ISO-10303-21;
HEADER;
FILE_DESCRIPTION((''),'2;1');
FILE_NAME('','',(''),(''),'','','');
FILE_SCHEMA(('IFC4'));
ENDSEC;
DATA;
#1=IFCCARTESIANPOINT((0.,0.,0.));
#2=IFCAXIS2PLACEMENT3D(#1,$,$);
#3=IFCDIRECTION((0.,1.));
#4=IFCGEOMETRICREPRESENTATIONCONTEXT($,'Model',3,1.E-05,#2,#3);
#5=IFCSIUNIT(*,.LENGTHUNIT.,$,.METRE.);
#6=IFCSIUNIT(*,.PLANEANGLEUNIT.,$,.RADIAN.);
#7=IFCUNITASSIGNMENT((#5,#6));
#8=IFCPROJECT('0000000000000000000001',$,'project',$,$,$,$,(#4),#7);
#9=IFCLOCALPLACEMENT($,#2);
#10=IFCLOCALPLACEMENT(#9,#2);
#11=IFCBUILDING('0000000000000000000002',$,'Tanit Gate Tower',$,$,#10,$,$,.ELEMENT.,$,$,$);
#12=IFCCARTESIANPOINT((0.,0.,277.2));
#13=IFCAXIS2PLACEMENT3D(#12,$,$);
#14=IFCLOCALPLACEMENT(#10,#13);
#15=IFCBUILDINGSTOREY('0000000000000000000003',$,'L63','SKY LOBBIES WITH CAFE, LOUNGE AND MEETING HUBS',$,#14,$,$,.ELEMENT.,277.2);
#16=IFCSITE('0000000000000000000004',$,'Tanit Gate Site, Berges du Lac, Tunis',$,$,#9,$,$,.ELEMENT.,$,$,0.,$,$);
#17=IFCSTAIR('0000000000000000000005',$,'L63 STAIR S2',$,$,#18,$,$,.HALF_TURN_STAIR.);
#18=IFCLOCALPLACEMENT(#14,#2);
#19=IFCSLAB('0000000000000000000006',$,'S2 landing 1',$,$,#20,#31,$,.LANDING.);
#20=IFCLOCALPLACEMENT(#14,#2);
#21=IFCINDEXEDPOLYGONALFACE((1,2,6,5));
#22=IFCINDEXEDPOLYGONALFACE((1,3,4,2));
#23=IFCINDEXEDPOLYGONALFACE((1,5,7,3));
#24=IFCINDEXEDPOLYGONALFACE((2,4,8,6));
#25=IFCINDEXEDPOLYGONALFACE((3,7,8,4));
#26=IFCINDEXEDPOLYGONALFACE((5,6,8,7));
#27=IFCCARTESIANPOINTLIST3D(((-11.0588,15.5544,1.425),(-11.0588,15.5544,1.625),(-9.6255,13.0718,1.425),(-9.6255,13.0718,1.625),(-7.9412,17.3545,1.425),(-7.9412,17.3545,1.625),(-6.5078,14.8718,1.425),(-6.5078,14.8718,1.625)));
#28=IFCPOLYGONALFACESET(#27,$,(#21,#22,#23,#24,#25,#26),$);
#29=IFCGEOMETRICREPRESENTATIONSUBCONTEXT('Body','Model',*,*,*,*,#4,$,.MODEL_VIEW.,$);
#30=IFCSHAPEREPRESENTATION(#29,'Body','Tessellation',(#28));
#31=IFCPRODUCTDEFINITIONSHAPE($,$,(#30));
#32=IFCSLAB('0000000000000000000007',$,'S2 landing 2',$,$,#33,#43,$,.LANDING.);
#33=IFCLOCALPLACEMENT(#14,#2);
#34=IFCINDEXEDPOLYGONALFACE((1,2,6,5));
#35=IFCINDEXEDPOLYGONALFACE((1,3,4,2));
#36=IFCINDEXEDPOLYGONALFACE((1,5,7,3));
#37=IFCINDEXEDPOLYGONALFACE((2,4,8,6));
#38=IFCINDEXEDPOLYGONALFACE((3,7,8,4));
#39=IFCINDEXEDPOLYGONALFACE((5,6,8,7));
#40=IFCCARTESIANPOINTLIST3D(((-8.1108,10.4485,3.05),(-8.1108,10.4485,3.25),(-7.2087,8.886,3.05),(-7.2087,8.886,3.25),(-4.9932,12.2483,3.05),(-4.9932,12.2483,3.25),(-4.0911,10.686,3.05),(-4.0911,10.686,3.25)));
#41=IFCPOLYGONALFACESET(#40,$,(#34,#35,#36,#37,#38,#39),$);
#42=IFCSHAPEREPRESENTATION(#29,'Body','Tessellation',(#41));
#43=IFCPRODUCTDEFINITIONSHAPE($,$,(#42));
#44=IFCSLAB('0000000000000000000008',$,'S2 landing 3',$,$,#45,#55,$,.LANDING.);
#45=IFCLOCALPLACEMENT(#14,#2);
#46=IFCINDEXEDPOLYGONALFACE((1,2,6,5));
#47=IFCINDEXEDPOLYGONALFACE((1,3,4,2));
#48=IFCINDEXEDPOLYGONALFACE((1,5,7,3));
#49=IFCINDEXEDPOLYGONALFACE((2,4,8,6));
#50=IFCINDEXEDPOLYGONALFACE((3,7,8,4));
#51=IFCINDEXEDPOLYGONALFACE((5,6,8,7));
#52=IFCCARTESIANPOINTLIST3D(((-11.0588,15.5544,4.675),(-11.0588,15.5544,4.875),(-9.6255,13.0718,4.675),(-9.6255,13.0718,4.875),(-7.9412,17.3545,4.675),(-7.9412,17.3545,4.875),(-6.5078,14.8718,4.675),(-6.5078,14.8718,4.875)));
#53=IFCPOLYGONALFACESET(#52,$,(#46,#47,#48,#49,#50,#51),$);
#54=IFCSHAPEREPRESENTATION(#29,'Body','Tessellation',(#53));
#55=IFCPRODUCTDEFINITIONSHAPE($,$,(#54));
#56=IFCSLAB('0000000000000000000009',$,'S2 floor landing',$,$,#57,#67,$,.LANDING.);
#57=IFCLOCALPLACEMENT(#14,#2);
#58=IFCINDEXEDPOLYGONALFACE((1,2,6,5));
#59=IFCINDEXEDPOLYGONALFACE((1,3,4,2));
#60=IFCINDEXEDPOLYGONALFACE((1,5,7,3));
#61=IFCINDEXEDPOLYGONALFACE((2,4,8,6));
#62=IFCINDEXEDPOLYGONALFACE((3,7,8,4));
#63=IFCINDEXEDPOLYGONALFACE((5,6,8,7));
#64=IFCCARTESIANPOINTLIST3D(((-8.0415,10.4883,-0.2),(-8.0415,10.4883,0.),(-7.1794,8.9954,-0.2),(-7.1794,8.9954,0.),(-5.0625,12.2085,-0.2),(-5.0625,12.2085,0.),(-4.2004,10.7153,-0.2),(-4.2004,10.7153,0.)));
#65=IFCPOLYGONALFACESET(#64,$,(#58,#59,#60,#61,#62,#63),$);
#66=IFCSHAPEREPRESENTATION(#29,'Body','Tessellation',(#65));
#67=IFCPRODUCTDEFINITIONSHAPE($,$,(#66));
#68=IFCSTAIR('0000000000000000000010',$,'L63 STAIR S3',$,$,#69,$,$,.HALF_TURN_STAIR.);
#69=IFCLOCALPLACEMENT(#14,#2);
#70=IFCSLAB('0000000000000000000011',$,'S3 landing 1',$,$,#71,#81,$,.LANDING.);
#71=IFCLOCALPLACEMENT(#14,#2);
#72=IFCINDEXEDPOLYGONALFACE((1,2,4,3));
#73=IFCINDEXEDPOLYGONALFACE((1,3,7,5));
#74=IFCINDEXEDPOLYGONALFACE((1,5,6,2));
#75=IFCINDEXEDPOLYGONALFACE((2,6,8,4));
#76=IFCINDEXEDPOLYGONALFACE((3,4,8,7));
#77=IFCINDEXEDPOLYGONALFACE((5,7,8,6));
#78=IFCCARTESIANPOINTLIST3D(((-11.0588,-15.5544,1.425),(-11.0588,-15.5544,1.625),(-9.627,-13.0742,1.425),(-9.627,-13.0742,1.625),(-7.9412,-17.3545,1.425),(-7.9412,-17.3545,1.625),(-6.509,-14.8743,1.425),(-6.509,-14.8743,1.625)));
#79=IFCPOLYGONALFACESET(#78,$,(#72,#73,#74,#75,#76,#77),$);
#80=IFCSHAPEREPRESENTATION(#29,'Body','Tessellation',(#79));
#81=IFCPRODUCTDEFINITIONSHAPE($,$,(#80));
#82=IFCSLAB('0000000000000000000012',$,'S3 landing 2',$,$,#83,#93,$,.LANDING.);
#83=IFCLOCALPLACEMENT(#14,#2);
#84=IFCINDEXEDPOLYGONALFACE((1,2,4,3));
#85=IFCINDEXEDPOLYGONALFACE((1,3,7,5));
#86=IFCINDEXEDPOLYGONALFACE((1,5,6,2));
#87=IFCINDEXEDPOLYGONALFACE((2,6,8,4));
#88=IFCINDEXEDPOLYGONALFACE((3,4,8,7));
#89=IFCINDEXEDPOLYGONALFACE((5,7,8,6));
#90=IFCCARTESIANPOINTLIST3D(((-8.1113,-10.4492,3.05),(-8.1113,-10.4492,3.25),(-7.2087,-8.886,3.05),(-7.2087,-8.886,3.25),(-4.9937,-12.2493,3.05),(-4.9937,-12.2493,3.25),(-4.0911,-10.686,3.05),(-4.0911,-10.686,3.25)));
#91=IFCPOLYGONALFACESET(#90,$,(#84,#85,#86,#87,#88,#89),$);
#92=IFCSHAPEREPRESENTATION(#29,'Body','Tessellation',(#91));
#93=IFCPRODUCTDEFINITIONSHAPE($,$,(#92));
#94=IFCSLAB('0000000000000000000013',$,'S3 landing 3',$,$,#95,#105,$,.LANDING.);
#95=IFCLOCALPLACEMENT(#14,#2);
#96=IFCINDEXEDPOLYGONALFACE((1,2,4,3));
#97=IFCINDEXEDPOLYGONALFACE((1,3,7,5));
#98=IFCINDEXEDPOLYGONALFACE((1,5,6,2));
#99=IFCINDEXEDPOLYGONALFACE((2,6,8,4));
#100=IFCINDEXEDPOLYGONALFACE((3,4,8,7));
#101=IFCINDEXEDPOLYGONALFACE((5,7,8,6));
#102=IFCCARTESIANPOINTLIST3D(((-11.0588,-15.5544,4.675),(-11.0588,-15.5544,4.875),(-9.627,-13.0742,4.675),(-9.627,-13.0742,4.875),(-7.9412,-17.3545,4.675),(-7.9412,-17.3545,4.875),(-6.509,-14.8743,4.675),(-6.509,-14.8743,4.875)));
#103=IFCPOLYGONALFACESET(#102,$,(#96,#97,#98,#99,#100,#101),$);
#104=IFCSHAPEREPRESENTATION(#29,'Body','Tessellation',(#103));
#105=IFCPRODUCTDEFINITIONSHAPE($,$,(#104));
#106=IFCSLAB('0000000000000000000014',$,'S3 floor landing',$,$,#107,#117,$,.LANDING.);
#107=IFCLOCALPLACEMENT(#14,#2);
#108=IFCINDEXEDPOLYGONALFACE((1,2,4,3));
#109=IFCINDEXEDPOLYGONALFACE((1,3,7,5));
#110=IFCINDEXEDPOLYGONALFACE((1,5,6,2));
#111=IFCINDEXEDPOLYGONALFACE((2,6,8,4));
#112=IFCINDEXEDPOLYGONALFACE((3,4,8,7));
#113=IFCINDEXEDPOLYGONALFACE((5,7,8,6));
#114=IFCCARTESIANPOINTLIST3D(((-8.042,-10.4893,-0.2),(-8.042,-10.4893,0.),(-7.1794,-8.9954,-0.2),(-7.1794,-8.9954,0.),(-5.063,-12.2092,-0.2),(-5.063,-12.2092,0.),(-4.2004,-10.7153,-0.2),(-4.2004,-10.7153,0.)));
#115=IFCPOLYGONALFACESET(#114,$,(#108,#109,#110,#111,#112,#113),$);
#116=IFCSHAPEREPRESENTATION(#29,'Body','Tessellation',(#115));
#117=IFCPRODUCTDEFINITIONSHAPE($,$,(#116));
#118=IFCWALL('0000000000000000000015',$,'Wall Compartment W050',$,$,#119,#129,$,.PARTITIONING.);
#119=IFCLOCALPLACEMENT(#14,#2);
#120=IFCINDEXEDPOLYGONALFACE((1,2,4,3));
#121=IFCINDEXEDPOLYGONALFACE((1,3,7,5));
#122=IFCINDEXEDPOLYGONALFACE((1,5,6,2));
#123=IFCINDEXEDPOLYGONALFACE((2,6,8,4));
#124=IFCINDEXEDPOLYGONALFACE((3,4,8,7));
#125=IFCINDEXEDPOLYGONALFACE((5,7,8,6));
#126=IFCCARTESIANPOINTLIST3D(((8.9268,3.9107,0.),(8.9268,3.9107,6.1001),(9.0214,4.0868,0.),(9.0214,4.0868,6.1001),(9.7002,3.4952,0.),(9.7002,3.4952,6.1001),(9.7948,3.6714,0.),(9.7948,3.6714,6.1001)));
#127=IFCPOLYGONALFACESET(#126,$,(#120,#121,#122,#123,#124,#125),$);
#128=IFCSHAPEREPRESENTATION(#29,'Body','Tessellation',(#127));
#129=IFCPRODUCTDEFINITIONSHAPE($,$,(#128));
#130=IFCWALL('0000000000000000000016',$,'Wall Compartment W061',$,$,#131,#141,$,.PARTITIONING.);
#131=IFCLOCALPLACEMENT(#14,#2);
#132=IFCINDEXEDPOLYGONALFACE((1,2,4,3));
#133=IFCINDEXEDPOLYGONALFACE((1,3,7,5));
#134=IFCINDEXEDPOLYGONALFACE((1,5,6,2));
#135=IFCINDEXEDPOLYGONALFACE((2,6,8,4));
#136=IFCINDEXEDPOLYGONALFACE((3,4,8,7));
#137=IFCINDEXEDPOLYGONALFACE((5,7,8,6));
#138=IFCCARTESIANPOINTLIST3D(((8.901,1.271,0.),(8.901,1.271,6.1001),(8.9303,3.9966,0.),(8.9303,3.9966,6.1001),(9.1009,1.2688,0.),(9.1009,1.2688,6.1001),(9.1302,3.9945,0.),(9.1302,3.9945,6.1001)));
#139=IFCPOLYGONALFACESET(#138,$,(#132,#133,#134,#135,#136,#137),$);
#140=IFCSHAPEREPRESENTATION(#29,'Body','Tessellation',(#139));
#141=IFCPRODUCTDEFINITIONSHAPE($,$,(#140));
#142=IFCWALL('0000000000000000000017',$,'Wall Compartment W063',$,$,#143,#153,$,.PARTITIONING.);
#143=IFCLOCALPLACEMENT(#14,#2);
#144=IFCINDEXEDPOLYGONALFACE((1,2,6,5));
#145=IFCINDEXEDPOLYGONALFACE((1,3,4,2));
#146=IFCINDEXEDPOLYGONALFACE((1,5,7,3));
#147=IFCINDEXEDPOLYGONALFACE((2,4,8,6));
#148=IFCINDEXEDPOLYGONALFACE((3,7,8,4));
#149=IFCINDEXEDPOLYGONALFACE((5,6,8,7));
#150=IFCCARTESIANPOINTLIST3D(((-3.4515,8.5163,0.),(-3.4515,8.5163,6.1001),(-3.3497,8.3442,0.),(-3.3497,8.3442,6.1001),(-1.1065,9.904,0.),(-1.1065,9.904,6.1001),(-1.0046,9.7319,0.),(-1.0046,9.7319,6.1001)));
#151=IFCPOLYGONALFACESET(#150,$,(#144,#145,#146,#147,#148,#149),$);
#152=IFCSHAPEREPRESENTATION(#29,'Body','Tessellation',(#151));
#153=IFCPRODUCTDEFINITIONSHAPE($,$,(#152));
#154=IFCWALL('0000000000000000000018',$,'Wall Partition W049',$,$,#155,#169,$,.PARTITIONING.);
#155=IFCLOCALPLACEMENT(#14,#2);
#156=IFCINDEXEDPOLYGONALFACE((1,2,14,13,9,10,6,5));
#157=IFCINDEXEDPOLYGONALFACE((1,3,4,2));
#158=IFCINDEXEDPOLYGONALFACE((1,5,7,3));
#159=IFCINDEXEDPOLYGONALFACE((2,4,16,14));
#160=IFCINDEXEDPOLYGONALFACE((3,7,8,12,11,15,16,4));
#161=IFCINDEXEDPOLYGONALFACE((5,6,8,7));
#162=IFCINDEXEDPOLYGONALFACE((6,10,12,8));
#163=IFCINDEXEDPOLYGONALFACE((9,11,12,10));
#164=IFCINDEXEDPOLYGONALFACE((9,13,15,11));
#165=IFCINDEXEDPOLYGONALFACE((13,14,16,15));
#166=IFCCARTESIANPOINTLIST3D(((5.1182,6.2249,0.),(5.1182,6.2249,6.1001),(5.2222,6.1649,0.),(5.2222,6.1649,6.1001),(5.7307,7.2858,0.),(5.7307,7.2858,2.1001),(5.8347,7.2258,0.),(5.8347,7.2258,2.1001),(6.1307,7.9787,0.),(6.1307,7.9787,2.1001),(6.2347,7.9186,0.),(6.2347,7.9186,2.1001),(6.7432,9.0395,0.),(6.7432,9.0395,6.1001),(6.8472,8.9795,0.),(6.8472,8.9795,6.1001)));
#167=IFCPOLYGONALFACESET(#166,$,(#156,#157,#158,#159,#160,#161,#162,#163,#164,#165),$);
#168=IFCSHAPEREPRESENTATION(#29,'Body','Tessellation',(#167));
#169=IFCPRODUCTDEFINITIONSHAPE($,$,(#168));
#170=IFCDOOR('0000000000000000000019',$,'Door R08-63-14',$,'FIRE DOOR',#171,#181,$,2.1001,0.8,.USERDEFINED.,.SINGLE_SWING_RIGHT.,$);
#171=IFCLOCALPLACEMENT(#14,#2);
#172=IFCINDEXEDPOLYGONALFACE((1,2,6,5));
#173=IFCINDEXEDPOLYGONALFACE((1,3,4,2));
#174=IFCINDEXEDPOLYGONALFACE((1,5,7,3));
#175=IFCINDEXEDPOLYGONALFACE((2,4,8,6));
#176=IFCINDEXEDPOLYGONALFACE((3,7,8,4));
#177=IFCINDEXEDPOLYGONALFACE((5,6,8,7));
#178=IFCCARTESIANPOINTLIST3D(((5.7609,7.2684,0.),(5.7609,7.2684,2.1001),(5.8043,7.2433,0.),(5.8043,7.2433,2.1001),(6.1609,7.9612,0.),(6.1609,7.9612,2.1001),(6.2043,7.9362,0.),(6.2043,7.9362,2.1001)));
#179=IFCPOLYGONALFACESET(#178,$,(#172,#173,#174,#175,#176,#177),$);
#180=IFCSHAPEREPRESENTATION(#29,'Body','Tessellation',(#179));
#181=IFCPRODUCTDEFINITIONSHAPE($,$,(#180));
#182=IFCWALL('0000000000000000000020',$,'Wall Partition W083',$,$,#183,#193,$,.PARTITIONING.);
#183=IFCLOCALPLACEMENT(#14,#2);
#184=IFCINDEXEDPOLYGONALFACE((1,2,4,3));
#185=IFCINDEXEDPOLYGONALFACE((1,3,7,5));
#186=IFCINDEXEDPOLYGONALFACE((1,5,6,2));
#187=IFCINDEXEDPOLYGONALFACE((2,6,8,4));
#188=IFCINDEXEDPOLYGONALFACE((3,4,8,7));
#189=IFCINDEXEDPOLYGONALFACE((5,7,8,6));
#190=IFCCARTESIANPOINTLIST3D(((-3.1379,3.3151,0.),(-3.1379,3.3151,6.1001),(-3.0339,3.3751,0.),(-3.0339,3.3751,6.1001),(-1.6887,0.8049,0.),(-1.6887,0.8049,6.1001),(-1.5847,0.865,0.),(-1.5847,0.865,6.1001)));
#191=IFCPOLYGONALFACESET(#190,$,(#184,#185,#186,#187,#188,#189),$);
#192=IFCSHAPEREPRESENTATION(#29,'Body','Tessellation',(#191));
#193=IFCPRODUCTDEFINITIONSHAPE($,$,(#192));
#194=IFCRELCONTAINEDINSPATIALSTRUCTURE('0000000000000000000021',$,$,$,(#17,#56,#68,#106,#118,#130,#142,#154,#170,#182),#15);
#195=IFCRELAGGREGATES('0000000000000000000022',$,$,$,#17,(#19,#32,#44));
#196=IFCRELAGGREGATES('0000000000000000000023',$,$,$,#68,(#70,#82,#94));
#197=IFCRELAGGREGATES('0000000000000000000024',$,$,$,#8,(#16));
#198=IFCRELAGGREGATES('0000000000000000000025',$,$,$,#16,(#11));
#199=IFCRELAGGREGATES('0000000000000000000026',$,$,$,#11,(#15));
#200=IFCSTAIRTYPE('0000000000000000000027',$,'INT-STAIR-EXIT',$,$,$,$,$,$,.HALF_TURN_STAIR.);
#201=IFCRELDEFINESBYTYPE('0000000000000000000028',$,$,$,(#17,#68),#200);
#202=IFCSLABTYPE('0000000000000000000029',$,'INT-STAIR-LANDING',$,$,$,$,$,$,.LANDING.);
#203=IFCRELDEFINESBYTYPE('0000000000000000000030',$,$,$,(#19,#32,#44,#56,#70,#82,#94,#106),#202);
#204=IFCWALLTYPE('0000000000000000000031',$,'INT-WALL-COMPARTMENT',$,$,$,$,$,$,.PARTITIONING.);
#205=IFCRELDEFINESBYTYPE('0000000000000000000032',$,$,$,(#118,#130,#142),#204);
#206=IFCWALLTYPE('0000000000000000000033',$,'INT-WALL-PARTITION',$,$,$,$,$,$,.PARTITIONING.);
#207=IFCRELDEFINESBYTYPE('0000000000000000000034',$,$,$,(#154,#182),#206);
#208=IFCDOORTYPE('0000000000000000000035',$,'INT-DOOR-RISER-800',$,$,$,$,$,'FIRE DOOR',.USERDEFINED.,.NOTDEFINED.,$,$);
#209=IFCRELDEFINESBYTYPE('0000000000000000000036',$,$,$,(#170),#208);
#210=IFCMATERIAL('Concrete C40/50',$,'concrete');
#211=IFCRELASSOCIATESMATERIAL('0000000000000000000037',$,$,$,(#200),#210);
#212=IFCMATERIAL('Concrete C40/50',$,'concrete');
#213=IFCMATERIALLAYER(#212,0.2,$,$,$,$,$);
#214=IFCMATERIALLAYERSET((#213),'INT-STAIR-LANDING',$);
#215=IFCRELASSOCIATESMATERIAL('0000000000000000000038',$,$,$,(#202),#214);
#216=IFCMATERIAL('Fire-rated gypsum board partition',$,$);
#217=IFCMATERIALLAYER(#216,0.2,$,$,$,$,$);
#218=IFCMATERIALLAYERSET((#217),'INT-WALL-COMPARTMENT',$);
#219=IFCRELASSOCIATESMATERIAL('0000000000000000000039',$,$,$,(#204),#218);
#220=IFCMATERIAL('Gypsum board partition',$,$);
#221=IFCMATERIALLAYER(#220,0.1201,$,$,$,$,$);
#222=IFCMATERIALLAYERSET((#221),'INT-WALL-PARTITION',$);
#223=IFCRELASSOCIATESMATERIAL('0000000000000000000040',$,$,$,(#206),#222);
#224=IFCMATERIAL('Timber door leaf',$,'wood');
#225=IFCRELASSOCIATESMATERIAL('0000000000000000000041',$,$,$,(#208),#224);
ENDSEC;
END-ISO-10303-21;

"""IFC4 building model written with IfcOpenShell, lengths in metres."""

from ifc_helpers import new_model, si_unit, direction, frame, frame_2d, origin, place, context, subcontext, project, spatial, polyline, rectangle, outline, extrude, material, layer, layer_set, type_object, element, fill, aggregate, save


model = new_model("IFC4")

# Units and contexts
model_context = context("Model", 3, precision=1e-05, world=origin(), true_north=direction((0.0, 1.0)))
body_context = subcontext(model_context, "Body", "Model", "MODEL_VIEW")
ifc_project = project(units=[si_unit("LENGTHUNIT", "METRE"), si_unit("PLANEANGLEUNIT", "RADIAN")], contexts=[model_context])

# Site, building, storey
site_placement = place(None, origin())
site = spatial("IfcSite", under=ifc_project, at=site_placement, Name="Tanit Gate Site, Berges du Lac, Tunis", CompositionType="ELEMENT", RefElevation=0.0)
building_placement = place(site_placement, origin())
building = spatial("IfcBuilding", under=site, at=building_placement, Name="Tanit Gate Tower", CompositionType="ELEMENT")
storey_placement = place(building_placement, frame((0.0, 0.0, 277.2)))
storey = spatial("IfcBuildingStorey", under=building, at=storey_placement, Name="L63", Description="SKY LOBBIES WITH CAFE, LOUNGE AND MEETING HUBS", CompositionType="ELEMENT", Elevation=277.2)

# Stair, slabs
ifc_material_1 = material(Name="Concrete C40/50", Category="concrete")
stair_type = type_object("IfcStairType", Name="INT-STAIR-EXIT", PredefinedType="HALF_TURN_STAIR", material=ifc_material_1)
stair_1_placement = place(storey_placement, origin())
stair_1 = element("IfcStair", 1, at=stair_1_placement, inside=storey, type_object=stair_type, Name="L63 STAIR S2", PredefinedType="HALF_TURN_STAIR")
ifc_material_2 = material(Name="Concrete C40/50", Category="concrete")
ifc_layer_1 = layer(ifc_material_2, 0.2)
ifc_layer_set_1 = layer_set([ifc_layer_1], Name="INT-STAIR-LANDING")
slab_type = type_object("IfcSlabType", Name="INT-STAIR-LANDING", PredefinedType="LANDING", material=ifc_layer_set_1)
slab_1_placement = place(storey_placement, frame((0.0, 0.0, 1.425)))
slab_1 = element("IfcSlab", 2, at=slab_1_placement, type_object=slab_type, Name="S2 landing 1", PredefinedType="LANDING", context=body_context, shape_type="SweptSolid", body=[
    extrude(outline(polyline([(-6.5078, 14.8718), (-7.9412, 17.3545), (-11.0588, 15.5544), (-9.6255, 13.0718), (-6.5078, 14.8718)])), origin(), (0.0, 0.0, 1.0), 0.2),
])
slab_2_placement = place(storey_placement, frame((0.0, 0.0, 3.05)))
slab_2 = element("IfcSlab", 3, at=slab_2_placement, type_object=slab_type, Name="S2 landing 2", PredefinedType="LANDING", context=body_context, shape_type="SweptSolid", body=[
    extrude(outline(polyline([(-4.0911, 10.686), (-4.9932, 12.2483), (-8.1108, 10.4485), (-7.2087, 8.886), (-4.0911, 10.686)])), origin(), (0.0, 0.0, 1.0), 0.2),
])
slab_3_placement = place(storey_placement, frame((0.0, 0.0, 4.675)))
slab_3 = element("IfcSlab", 4, at=slab_3_placement, type_object=slab_type, Name="S2 landing 3", PredefinedType="LANDING", context=body_context, shape_type="SweptSolid", body=[
    extrude(outline(polyline([(-6.5078, 14.8718), (-7.9412, 17.3545), (-11.0588, 15.5544), (-9.6255, 13.0718), (-6.5078, 14.8718)])), origin(), (0.0, 0.0, 1.0), 0.2),
])
aggregate(stair_1, [slab_1, slab_2, slab_3])

# Slab
slab_4_placement = place(storey_placement, frame((0.0, 0.0, -0.2)))
element("IfcSlab", 5, at=slab_4_placement, inside=storey, type_object=slab_type, Name="S2 floor landing", PredefinedType="LANDING", context=body_context, shape_type="SweptSolid", body=[
    extrude(outline(polyline([(-4.2004, 10.7153), (-5.0625, 12.2085), (-8.0415, 10.4883), (-7.1794, 8.9954), (-4.2004, 10.7153)])), origin(), (0.0, 0.0, 1.0), 0.2),
])

# Stair, slabs
stair_2_placement = place(storey_placement, origin())
stair_2 = element("IfcStair", 6, at=stair_2_placement, inside=storey, type_object=stair_type, Name="L63 STAIR S3", PredefinedType="HALF_TURN_STAIR")
slab_5_placement = place(storey_placement, frame((0.0, 0.0, 1.425)))
slab_5 = element("IfcSlab", 7, at=slab_5_placement, type_object=slab_type, Name="S3 landing 1", PredefinedType="LANDING", context=body_context, shape_type="SweptSolid", body=[
    extrude(outline(polyline([(-9.627, -13.0742), (-11.0588, -15.5544), (-7.9412, -17.3545), (-6.509, -14.8743), (-9.627, -13.0742)])), origin(), (0.0, 0.0, 1.0), 0.2),
])
slab_6_placement = place(storey_placement, frame((0.0, 0.0, 3.05)))
slab_6 = element("IfcSlab", 8, at=slab_6_placement, type_object=slab_type, Name="S3 landing 2", PredefinedType="LANDING", context=body_context, shape_type="SweptSolid", body=[
    extrude(outline(polyline([(-7.2087, -8.886), (-8.1113, -10.4492), (-4.9937, -12.2493), (-4.0911, -10.686), (-7.2087, -8.886)])), origin(), (0.0, 0.0, 1.0), 0.2),
])
slab_7_placement = place(storey_placement, frame((0.0, 0.0, 4.675)))
slab_7 = element("IfcSlab", 9, at=slab_7_placement, type_object=slab_type, Name="S3 landing 3", PredefinedType="LANDING", context=body_context, shape_type="SweptSolid", body=[
    extrude(outline(polyline([(-9.627, -13.0742), (-11.0588, -15.5544), (-7.9412, -17.3545), (-6.509, -14.8743), (-9.627, -13.0742)])), origin(), (0.0, 0.0, 1.0), 0.2),
])
aggregate(stair_2, [slab_5, slab_6, slab_7])

# Slab
slab_8_placement = place(storey_placement, frame((0.0, 0.0, -0.2)))
element("IfcSlab", 10, at=slab_8_placement, inside=storey, type_object=slab_type, Name="S3 floor landing", PredefinedType="LANDING", context=body_context, shape_type="SweptSolid", body=[
    extrude(outline(polyline([(-7.1794, -8.9954), (-8.042, -10.4893), (-5.063, -12.2092), (-4.2004, -10.7153), (-7.1794, -8.9954)])), origin(), (0.0, 0.0, 1.0), 0.2),
])

# Walls
ifc_material_3 = material(Name="Fire-rated gypsum board partition")
ifc_layer_2 = layer(ifc_material_3, 0.2)
ifc_layer_set_2 = layer_set([ifc_layer_2], Name="INT-WALL-COMPARTMENT")
wall_type_1 = type_object("IfcWallType", Name="INT-WALL-COMPARTMENT", PredefinedType="PARTITIONING", material=ifc_layer_set_2)
wall_1_placement = place(storey_placement, frame((8.9741, 3.9988, 0.0), z_axis=(0.0, 0.0, 1.0), x_axis=(0.880917, -0.473271, 0.0)))
element("IfcWall", 11, at=wall_1_placement, inside=storey, type_object=wall_type_1, Name="Wall Compartment W050", PredefinedType="PARTITIONING", context=body_context, shape_type="SweptSolid", body=[
    extrude(rectangle(XDim=0.8779, YDim=0.2, at=frame_2d((0.439, 0.0))), origin(), (0.0, 0.0, 1.0), 6.1001),
])
wall_2_placement = place(storey_placement, frame((9.001, 1.27, 0.0), z_axis=(0.0, 0.0, 1.0), x_axis=(0.010748, 0.999942, 0.0)))
element("IfcWall", 12, at=wall_2_placement, inside=storey, type_object=wall_type_1, Name="Wall Compartment W061", PredefinedType="PARTITIONING", context=body_context, shape_type="SweptSolid", body=[
    extrude(rectangle(XDim=2.7258, YDim=0.2, at=frame_2d((1.3628, 0.0))), origin(), (0.0, 0.0, 1.0), 6.1001),
])
wall_3_placement = place(storey_placement, frame((-1.0557, 9.8179, 0.0), z_axis=(0.0, 0.0, 1.0), x_axis=(-0.8606, -0.509282, 0.0)))
element("IfcWall", 13, at=wall_3_placement, inside=storey, type_object=wall_type_1, Name="Wall Compartment W063", PredefinedType="PARTITIONING", context=body_context, shape_type="SweptSolid", body=[
    extrude(rectangle(XDim=2.7249, YDim=0.2, at=frame_2d((1.3623, 0.0))), origin(), (0.0, 0.0, 1.0), 6.1001),
])

# Wall, opening, door
ifc_material_4 = material(Name="Gypsum board partition")
ifc_layer_3 = layer(ifc_material_4, 0.1201)
ifc_layer_set_3 = layer_set([ifc_layer_3], Name="INT-WALL-PARTITION")
wall_type_2 = type_object("IfcWallType", Name="INT-WALL-PARTITION", PredefinedType="PARTITIONING", material=ifc_layer_set_3)
wall_4_placement = place(storey_placement, frame((6.7952, 9.0095, 0.0), z_axis=(0.0, 0.0, 1.0), x_axis=(-0.499985, -0.866034, 0.0)))
wall_4 = element("IfcWall", 14, at=wall_4_placement, inside=storey, type_object=wall_type_2, Name="Wall Partition W049", PredefinedType="PARTITIONING", context=body_context, shape_type="SweptSolid", body=[
    extrude(rectangle(XDim=3.25, YDim=0.1201, at=frame_2d((1.625, 0.0))), origin(), (0.0, 0.0, 1.0), 6.1001),
])
opening_1_placement = place(wall_4_placement, frame((1.2251, 0.0, 0.0)))
opening_1 = element("IfcOpeningElement", 15, at=opening_1_placement, cuts=wall_4, PredefinedType="OPENING", context=body_context, shape_type="SweptSolid", body=[
    extrude(rectangle(XDim=0.8, YDim=2.1001, at=frame_2d((0.3999, 1.05))), frame((0.0, 0.0701, 0.0), z_axis=(0.0, -1.0, 0.0), x_axis=(1.0, 0.0, 0.0)), (0.0, 0.0, 1.0), 0.1401),
])
ifc_material_5 = material(Name="Timber door leaf", Category="wood")
door_type_1 = type_object("IfcDoorType", Name="INT-DOOR-RISER-800", ElementType="FIRE DOOR", OperationType="NOTDEFINED", PredefinedType="USERDEFINED", material=ifc_material_5)
door_1_placement = place(opening_1_placement, origin())
door_1 = element("IfcDoor", 16, at=door_1_placement, inside=storey, type_object=door_type_1, Name="Door R08-63-14", ObjectType="FIRE DOOR", OperationType="SINGLE_SWING_RIGHT", OverallHeight=2.1001, OverallWidth=0.8, PredefinedType="USERDEFINED", context=body_context, shape_type="SweptSolid", body=[
    extrude(rectangle(XDim=0.8, YDim=2.1001, at=frame_2d((0.3999, 1.05))), frame((0.0, 0.0249, 0.0), z_axis=(0.0, -1.0, 0.0), x_axis=(1.0, 0.0, 0.0)), (0.0, 0.0, 1.0), 0.05),
])
fill(opening_1, door_1)

# Wall
wall_5_placement = place(storey_placement, frame((-1.6367, 0.835, 0.0), z_axis=(0.0, 0.0, 1.0), x_axis=(-0.49998, 0.866037, 0.0)))
element("IfcWall", 17, at=wall_5_placement, inside=storey, type_object=wall_type_2, Name="Wall Partition W083", PredefinedType="PARTITIONING", context=body_context, shape_type="SweptSolid", body=[
    extrude(rectangle(XDim=2.8984, YDim=0.1201, at=frame_2d((1.4492, 0.0))), origin(), (0.0, 0.0, 1.0), 6.1001),
])

save(model, "model.ifc")
